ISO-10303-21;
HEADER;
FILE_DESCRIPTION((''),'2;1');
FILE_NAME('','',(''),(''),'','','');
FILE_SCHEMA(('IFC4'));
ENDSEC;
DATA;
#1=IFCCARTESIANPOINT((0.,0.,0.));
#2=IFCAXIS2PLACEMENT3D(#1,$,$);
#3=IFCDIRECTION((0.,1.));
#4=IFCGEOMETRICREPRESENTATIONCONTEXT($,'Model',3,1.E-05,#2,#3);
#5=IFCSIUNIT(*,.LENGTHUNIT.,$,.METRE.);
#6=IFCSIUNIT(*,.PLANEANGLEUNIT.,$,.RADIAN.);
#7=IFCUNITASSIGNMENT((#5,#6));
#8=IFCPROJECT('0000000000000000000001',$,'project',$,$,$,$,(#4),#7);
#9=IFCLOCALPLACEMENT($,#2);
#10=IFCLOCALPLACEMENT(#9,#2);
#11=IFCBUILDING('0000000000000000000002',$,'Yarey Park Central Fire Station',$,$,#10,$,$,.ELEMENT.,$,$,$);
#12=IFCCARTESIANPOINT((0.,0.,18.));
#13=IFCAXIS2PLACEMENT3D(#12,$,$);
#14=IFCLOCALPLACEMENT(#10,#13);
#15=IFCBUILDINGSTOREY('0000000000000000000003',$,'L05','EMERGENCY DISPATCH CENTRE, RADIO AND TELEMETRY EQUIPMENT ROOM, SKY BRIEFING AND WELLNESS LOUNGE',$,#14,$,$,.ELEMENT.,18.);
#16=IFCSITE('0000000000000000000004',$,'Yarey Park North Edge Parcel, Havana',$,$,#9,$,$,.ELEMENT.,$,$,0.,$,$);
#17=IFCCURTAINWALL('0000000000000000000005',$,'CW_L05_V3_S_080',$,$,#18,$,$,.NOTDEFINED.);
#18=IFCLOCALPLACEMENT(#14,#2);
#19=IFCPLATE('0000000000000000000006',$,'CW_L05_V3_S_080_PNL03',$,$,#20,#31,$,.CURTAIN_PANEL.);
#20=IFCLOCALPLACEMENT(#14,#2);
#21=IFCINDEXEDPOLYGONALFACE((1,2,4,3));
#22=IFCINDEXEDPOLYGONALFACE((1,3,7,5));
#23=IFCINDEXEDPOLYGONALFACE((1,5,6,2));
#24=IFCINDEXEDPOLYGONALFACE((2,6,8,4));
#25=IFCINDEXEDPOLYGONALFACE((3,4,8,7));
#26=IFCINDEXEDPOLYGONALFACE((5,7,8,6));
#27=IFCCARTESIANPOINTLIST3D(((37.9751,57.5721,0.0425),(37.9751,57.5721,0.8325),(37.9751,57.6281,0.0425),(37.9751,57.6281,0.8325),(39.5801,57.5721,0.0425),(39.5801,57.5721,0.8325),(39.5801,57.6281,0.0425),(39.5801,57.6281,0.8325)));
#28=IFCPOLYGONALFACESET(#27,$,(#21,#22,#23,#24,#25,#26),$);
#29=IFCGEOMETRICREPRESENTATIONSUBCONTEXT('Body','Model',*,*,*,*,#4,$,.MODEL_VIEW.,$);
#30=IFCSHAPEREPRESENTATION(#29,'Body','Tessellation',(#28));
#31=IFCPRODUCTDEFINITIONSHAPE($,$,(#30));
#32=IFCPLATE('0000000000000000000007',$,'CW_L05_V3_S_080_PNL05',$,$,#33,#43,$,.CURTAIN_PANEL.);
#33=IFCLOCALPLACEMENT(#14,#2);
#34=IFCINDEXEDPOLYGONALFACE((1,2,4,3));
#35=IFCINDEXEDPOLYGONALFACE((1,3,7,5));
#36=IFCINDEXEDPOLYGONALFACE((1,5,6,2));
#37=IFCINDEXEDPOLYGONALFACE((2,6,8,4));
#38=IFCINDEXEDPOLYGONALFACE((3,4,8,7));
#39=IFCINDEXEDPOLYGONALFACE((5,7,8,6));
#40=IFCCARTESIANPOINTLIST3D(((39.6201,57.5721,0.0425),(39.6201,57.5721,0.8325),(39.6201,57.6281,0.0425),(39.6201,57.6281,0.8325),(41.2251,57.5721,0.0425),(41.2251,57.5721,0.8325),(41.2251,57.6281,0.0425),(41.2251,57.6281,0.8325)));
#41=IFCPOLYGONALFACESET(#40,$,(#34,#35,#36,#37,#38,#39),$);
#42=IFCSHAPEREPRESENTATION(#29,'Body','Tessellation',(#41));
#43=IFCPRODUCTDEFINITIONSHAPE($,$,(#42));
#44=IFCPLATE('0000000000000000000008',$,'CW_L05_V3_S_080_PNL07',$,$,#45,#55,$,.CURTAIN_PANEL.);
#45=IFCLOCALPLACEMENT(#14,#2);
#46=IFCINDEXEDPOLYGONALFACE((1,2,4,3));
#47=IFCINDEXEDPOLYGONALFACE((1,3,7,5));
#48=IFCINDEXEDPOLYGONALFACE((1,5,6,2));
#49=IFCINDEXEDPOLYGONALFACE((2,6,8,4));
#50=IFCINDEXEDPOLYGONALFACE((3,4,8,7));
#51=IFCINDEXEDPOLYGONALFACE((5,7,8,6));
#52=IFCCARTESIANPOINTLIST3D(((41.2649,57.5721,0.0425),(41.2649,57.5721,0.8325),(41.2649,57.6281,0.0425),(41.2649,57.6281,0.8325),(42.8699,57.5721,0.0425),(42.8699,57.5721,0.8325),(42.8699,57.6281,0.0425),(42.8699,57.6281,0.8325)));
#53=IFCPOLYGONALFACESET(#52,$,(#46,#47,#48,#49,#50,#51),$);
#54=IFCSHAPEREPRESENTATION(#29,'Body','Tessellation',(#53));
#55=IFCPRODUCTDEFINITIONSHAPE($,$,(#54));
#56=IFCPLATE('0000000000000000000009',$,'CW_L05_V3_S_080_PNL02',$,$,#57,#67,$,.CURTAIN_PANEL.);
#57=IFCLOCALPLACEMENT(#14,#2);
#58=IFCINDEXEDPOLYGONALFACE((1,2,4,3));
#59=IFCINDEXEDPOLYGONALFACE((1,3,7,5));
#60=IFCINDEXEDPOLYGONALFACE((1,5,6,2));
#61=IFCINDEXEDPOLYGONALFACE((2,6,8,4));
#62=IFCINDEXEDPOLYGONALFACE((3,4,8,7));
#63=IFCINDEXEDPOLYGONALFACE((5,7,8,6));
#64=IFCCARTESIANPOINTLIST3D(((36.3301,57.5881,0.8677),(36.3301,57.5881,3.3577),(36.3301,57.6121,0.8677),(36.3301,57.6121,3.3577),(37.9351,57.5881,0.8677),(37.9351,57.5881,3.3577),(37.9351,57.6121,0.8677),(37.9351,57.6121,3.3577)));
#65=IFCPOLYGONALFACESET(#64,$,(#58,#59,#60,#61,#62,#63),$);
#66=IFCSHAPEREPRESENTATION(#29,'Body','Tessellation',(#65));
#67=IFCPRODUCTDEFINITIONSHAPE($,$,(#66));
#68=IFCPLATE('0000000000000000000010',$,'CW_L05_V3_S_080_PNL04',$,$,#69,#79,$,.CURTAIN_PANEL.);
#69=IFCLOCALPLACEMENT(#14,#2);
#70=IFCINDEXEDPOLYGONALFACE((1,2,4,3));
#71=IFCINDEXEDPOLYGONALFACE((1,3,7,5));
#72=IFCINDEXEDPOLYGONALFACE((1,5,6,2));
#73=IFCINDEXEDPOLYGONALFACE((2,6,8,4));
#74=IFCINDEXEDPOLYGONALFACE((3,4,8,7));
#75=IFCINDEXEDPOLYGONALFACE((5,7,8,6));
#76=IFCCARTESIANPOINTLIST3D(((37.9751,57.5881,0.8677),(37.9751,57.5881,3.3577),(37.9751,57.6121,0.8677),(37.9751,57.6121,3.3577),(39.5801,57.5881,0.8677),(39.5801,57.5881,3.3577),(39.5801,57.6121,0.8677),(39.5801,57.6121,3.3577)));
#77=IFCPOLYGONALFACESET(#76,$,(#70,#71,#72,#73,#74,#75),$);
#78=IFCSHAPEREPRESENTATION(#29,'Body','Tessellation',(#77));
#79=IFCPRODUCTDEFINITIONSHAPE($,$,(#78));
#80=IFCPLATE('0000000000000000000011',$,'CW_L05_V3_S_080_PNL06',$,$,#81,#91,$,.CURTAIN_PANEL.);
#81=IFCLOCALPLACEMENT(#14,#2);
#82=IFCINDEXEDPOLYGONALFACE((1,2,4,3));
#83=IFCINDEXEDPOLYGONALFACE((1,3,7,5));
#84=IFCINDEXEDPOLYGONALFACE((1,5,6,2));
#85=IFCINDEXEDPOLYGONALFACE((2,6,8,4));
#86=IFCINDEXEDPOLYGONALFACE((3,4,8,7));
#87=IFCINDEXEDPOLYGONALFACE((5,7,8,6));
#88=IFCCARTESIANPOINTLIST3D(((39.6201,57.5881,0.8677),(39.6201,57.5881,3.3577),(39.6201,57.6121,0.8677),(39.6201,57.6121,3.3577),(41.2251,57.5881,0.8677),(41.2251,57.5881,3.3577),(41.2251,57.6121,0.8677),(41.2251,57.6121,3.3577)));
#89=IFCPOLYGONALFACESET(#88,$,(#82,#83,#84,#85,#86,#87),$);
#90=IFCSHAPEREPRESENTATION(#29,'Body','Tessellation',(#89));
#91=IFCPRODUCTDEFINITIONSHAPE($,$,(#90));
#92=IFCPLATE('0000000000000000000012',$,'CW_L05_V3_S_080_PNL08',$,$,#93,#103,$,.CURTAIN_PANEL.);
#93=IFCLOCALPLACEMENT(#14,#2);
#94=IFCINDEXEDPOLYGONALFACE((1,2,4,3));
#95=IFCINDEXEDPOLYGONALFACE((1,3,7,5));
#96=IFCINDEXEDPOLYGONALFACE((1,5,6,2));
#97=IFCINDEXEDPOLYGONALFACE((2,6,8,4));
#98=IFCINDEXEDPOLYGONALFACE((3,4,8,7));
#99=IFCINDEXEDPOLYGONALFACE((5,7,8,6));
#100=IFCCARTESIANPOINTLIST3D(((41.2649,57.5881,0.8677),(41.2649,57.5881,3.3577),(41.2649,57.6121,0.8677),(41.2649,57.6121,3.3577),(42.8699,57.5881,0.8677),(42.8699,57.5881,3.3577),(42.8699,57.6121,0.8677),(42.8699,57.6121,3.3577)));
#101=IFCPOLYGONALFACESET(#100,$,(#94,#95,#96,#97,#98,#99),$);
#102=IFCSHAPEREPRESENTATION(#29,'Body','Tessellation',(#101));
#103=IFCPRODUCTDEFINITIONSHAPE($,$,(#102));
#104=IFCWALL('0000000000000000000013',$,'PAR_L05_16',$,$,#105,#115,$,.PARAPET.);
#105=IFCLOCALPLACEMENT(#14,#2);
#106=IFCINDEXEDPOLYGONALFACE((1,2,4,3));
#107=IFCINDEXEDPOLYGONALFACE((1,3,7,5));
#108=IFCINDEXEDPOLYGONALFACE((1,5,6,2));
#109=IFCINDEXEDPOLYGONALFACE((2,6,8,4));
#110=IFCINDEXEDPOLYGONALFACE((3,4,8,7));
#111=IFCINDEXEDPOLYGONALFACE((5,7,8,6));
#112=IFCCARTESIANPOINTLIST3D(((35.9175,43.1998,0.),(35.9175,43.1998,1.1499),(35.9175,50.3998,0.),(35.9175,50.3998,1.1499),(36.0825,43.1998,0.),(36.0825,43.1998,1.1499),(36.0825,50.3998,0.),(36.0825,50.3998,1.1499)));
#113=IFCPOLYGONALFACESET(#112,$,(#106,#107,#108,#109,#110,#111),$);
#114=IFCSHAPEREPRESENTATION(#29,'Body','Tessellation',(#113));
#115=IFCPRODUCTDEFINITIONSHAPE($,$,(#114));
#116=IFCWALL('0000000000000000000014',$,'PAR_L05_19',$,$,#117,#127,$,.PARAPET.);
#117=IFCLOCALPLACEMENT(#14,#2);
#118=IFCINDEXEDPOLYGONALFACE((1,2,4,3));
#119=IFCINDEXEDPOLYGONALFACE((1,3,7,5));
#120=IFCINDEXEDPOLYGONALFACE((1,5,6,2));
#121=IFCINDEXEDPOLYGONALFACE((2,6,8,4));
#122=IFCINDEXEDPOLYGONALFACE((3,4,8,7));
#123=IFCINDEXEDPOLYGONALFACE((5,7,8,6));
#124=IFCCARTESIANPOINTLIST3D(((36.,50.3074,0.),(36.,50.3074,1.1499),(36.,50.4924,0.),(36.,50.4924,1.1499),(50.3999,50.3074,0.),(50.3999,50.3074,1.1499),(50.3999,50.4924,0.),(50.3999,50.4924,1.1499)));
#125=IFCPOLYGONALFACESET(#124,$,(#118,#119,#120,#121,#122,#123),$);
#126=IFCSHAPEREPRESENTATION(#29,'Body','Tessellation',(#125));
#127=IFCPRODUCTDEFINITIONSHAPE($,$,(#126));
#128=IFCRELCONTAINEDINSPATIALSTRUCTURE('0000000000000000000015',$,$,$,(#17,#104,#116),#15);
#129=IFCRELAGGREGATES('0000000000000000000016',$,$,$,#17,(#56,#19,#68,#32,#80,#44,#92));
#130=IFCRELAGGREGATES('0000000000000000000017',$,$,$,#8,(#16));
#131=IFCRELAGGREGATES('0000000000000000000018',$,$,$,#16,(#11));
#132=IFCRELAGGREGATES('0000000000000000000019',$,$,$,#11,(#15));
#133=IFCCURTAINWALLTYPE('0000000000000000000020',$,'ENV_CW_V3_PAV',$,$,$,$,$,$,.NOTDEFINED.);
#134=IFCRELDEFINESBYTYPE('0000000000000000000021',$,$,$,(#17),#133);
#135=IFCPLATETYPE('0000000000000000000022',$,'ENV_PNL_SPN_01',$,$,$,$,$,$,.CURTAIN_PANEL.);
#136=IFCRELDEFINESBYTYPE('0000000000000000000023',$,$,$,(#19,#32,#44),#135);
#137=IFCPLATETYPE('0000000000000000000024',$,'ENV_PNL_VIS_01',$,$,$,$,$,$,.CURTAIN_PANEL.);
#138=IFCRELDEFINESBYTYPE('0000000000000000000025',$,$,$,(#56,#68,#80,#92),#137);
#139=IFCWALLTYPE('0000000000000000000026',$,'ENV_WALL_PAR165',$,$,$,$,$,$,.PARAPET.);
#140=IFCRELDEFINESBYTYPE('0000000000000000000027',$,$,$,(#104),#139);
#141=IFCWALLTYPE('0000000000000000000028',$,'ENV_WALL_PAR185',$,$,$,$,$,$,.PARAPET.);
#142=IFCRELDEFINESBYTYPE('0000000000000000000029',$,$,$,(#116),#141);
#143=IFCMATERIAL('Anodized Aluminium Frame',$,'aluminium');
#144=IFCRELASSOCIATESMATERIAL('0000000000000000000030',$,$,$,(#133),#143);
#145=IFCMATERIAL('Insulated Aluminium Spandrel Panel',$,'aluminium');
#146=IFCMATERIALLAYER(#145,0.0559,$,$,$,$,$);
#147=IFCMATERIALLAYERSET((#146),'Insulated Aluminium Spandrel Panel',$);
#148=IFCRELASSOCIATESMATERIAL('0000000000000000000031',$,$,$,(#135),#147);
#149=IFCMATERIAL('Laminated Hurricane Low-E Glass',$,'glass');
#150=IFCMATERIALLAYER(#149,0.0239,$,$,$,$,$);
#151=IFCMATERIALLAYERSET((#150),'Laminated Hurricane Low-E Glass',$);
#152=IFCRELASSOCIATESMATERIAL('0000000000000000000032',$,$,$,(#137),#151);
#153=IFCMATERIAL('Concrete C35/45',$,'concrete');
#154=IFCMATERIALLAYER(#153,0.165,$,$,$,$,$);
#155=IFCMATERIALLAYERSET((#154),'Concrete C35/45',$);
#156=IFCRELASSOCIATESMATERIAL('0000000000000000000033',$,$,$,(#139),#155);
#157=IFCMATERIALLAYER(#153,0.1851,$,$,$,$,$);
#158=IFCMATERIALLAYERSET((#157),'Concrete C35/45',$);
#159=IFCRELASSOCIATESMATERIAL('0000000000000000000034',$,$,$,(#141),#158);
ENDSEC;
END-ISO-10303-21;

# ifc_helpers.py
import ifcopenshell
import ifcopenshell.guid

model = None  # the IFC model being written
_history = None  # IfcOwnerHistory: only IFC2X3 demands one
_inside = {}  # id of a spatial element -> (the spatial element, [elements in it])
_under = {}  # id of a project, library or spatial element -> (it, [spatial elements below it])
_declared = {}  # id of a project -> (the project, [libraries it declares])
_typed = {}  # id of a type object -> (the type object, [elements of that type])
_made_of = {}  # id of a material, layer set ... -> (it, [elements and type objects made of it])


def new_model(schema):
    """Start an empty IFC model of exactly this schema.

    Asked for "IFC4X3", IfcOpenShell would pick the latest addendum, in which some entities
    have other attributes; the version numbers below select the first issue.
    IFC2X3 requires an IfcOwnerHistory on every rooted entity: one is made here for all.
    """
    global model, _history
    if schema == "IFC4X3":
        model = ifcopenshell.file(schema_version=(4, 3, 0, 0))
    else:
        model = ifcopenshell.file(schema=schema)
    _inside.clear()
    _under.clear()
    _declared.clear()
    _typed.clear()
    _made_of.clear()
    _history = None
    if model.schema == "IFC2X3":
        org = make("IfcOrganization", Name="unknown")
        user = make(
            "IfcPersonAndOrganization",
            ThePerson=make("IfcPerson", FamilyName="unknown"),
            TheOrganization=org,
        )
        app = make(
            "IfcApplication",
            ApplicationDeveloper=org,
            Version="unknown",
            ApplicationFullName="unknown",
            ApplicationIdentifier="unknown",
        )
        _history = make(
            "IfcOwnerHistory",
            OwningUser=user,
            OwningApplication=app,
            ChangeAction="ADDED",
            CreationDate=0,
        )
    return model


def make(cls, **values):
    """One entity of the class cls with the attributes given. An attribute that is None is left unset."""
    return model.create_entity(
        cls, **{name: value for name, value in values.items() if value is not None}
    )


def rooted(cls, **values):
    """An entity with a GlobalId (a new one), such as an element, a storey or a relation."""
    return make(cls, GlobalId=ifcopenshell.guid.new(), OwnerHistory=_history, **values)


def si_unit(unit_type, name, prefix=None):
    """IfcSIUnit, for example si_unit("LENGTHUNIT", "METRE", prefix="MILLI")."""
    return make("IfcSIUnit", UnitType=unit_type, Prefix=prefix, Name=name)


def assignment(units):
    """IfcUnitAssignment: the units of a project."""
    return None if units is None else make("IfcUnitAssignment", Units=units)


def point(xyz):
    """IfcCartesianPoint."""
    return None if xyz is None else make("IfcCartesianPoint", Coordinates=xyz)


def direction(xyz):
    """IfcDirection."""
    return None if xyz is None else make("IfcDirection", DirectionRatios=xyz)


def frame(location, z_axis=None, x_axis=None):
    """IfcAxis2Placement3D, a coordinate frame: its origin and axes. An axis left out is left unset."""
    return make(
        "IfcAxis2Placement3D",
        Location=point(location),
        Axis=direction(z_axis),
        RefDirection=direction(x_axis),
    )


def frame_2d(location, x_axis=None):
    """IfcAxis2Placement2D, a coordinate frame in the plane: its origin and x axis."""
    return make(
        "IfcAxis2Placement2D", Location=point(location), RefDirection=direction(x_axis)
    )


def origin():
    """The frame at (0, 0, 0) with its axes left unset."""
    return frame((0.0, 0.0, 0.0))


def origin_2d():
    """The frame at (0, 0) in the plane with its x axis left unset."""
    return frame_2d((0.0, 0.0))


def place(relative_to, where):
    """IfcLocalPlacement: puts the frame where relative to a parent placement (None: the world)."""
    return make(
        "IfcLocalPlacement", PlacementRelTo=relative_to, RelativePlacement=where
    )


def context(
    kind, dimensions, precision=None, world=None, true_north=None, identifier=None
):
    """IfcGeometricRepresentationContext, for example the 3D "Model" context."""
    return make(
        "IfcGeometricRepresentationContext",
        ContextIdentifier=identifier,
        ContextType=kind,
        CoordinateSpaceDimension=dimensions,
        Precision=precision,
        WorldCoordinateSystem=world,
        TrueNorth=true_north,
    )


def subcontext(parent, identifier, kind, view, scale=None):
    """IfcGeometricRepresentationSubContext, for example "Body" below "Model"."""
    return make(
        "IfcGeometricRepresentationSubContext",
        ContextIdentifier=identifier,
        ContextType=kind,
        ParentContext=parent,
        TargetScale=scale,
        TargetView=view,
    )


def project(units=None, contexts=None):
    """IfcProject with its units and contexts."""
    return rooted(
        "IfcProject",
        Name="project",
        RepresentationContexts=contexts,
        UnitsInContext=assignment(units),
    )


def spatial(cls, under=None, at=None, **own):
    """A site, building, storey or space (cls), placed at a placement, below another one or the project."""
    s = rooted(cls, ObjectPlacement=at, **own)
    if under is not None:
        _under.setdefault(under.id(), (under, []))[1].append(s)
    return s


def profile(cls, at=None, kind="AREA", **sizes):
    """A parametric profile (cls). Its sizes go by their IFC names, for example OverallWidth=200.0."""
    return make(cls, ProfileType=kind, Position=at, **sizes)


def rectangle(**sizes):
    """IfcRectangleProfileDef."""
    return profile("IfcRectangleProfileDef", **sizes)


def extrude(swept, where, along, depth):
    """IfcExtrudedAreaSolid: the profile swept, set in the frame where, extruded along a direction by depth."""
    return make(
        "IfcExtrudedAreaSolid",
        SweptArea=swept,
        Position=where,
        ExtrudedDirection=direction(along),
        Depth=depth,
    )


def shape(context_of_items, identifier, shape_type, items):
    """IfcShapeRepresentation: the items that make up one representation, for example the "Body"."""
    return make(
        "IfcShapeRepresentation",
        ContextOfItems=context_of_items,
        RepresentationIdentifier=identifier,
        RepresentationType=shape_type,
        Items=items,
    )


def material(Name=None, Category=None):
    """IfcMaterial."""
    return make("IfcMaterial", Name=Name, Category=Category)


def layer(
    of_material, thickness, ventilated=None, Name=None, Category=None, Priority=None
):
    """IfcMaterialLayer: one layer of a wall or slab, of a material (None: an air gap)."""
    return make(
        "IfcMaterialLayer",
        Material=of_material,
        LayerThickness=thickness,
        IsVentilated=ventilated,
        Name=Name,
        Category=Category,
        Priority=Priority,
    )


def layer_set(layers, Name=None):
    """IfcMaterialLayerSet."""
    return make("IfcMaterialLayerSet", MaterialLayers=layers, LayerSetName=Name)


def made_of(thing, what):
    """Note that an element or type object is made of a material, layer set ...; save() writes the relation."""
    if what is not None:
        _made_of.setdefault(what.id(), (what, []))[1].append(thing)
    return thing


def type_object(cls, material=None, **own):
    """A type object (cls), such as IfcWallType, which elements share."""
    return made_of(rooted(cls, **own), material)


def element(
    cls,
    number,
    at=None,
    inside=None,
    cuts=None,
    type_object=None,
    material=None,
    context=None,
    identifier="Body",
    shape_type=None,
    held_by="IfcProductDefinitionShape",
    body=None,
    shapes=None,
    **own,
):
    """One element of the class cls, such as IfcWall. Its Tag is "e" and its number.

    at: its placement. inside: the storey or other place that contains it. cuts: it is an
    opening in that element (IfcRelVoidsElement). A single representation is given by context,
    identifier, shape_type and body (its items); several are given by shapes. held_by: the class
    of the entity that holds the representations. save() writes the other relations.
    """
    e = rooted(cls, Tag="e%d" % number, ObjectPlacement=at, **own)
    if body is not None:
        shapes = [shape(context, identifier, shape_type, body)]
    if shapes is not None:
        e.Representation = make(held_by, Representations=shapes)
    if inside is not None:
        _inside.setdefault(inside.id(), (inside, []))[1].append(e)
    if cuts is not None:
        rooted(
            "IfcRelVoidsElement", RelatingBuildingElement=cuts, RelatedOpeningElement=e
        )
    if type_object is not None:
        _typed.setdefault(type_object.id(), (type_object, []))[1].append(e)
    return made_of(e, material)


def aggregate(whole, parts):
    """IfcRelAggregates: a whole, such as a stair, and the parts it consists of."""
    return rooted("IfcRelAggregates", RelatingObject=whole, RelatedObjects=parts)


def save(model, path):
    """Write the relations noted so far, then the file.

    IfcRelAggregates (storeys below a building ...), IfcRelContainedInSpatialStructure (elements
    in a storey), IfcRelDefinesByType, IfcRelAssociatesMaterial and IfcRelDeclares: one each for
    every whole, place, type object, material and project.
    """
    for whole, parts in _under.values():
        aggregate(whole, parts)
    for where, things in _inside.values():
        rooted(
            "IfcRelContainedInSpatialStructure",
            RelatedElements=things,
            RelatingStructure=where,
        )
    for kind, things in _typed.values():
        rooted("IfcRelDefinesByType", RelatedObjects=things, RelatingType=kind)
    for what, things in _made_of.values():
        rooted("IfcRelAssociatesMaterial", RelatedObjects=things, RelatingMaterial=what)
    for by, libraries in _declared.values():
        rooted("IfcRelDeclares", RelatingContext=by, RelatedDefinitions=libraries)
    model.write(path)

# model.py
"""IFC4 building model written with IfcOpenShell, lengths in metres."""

from ifc_helpers import new_model, si_unit, direction, frame, frame_2d, origin, origin_2d, place, context, subcontext, project, spatial, rectangle, extrude, material, layer, layer_set, type_object, element, aggregate, save


model = new_model("IFC4")

# Units and contexts
model_context = context("Model", 3, precision=1e-05, world=origin(), true_north=direction((0.0, 1.0)))
body_context = subcontext(model_context, "Body", "Model", "MODEL_VIEW")
ifc_project = project(units=[si_unit("LENGTHUNIT", "METRE"), si_unit("PLANEANGLEUNIT", "RADIAN")], contexts=[model_context])

# Site, building, storey
site_placement = place(None, origin())
site = spatial("IfcSite", under=ifc_project, at=site_placement, Name="Yarey Park North Edge Parcel, Havana", CompositionType="ELEMENT", RefElevation=0.0)
building_placement = place(site_placement, origin())
building = spatial("IfcBuilding", under=site, at=building_placement, Name="Yarey Park Central Fire Station", CompositionType="ELEMENT")
storey_placement = place(building_placement, frame((0.0, 0.0, 18.0)))
storey = spatial("IfcBuildingStorey", under=building, at=storey_placement, Name="L05", Description="EMERGENCY DISPATCH CENTRE, RADIO AND TELEMETRY EQUIPMENT ROOM, SKY BRIEFING AND WELLNESS LOUNGE", CompositionType="ELEMENT", Elevation=18.0)

# Curtain wall
ifc_material_1 = material(Name="Anodized Aluminium Frame", Category="aluminium")
curtain_wall_type = type_object("IfcCurtainWallType", Name="ENV_CW_V3_PAV", PredefinedType="NOTDEFINED", material=ifc_material_1)
curtain_wall_1_placement = place(storey_placement, origin())
curtain_wall_1 = element("IfcCurtainWall", 1, at=curtain_wall_1_placement, inside=storey, type_object=curtain_wall_type, Name="CW_L05_V3_S_080", PredefinedType="NOTDEFINED")

# Plates
ifc_material_2 = material(Name="Insulated Aluminium Spandrel Panel", Category="aluminium")
ifc_layer_1 = layer(ifc_material_2, 0.0559)
ifc_layer_set_1 = layer_set([ifc_layer_1], Name="Insulated Aluminium Spandrel Panel")
plate_type_1 = type_object("IfcPlateType", Name="ENV_PNL_SPN_01", PredefinedType="CURTAIN_PANEL", material=ifc_layer_set_1)
plate_1_placement = place(storey_placement, frame((38.7776, 57.6001, 0.0425), z_axis=(0.0, 0.0, 1.0), x_axis=(1.0, 0.0, 0.0)))
plate_1 = element("IfcPlate", 2, at=plate_1_placement, type_object=plate_type_1, Name="CW_L05_V3_S_080_PNL03", PredefinedType="CURTAIN_PANEL", context=body_context, shape_type="SweptSolid", body=[
    extrude(rectangle(XDim=1.605, YDim=0.0559, at=origin_2d()), origin(), (0.0, 0.0, 1.0), 0.79),
])
plate_2_placement = place(storey_placement, frame((40.4226, 57.6001, 0.0425), z_axis=(0.0, 0.0, 1.0), x_axis=(1.0, 0.0, 0.0)))
plate_2 = element("IfcPlate", 3, at=plate_2_placement, type_object=plate_type_1, Name="CW_L05_V3_S_080_PNL05", PredefinedType="CURTAIN_PANEL", context=body_context, shape_type="SweptSolid", body=[
    extrude(rectangle(XDim=1.605, YDim=0.0559, at=origin_2d()), origin(), (0.0, 0.0, 1.0), 0.79),
])
plate_3_placement = place(storey_placement, frame((42.0674, 57.6001, 0.0425), z_axis=(0.0, 0.0, 1.0), x_axis=(1.0, 0.0, 0.0)))
plate_3 = element("IfcPlate", 4, at=plate_3_placement, type_object=plate_type_1, Name="CW_L05_V3_S_080_PNL07", PredefinedType="CURTAIN_PANEL", context=body_context, shape_type="SweptSolid", body=[
    extrude(rectangle(XDim=1.605, YDim=0.0559, at=origin_2d()), origin(), (0.0, 0.0, 1.0), 0.79),
])
ifc_material_3 = material(Name="Laminated Hurricane Low-E Glass", Category="glass")
ifc_layer_2 = layer(ifc_material_3, 0.0239)
ifc_layer_set_2 = layer_set([ifc_layer_2], Name="Laminated Hurricane Low-E Glass")
plate_type_2 = type_object("IfcPlateType", Name="ENV_PNL_VIS_01", PredefinedType="CURTAIN_PANEL", material=ifc_layer_set_2)
plate_4_placement = place(storey_placement, frame((37.1326, 57.6001, 0.8677), z_axis=(0.0, 0.0, 1.0), x_axis=(1.0, 0.0, 0.0)))
plate_4 = element("IfcPlate", 5, at=plate_4_placement, type_object=plate_type_2, Name="CW_L05_V3_S_080_PNL02", PredefinedType="CURTAIN_PANEL", context=body_context, shape_type="SweptSolid", body=[
    extrude(rectangle(XDim=1.605, YDim=0.0239, at=origin_2d()), origin(), (0.0, 0.0, 1.0), 2.49),
])
plate_5_placement = place(storey_placement, frame((38.7776, 57.6001, 0.8677), z_axis=(0.0, 0.0, 1.0), x_axis=(1.0, 0.0, 0.0)))
plate_5 = element("IfcPlate", 6, at=plate_5_placement, type_object=plate_type_2, Name="CW_L05_V3_S_080_PNL04", PredefinedType="CURTAIN_PANEL", context=body_context, shape_type="SweptSolid", body=[
    extrude(rectangle(XDim=1.605, YDim=0.0239, at=origin_2d()), origin(), (0.0, 0.0, 1.0), 2.49),
])
plate_6_placement = place(storey_placement, frame((40.4226, 57.6001, 0.8677), z_axis=(0.0, 0.0, 1.0), x_axis=(1.0, 0.0, 0.0)))
plate_6 = element("IfcPlate", 7, at=plate_6_placement, type_object=plate_type_2, Name="CW_L05_V3_S_080_PNL06", PredefinedType="CURTAIN_PANEL", context=body_context, shape_type="SweptSolid", body=[
    extrude(rectangle(XDim=1.605, YDim=0.0239, at=origin_2d()), origin(), (0.0, 0.0, 1.0), 2.49),
])
plate_7_placement = place(storey_placement, frame((42.0674, 57.6001, 0.8677), z_axis=(0.0, 0.0, 1.0), x_axis=(1.0, 0.0, 0.0)))
plate_7 = element("IfcPlate", 8, at=plate_7_placement, type_object=plate_type_2, Name="CW_L05_V3_S_080_PNL08", PredefinedType="CURTAIN_PANEL", context=body_context, shape_type="SweptSolid", body=[
    extrude(rectangle(XDim=1.605, YDim=0.0239, at=origin_2d()), origin(), (0.0, 0.0, 1.0), 2.49),
])
aggregate(curtain_wall_1, [plate_4, plate_1, plate_5, plate_2, plate_6, plate_3, plate_7])

# Walls
ifc_material_4 = material(Name="Concrete C35/45", Category="concrete")
ifc_layer_3 = layer(ifc_material_4, 0.165)
ifc_layer_set_3 = layer_set([ifc_layer_3], Name="Concrete C35/45")
wall_type_1 = type_object("IfcWallType", Name="ENV_WALL_PAR165", PredefinedType="PARAPET", material=ifc_layer_set_3)
wall_1_placement = place(storey_placement, frame((36.0, 50.3999, 0.0), z_axis=(0.0, 0.0, 1.0), x_axis=(0.0, -1.0, 0.0)))
element("IfcWall", 9, at=wall_1_placement, inside=storey, type_object=wall_type_1, Name="PAR_L05_16", PredefinedType="PARAPET", context=body_context, shape_type="SweptSolid", body=[
    extrude(rectangle(XDim=7.2, YDim=0.165, at=frame_2d((3.6001, 0.0))), origin(), (0.0, 0.0, 1.0), 1.1499),
])
ifc_layer_4 = layer(ifc_material_4, 0.1851)
ifc_layer_set_4 = layer_set([ifc_layer_4], Name="Concrete C35/45")
wall_type_2 = type_object("IfcWallType", Name="ENV_WALL_PAR185", PredefinedType="PARAPET", material=ifc_layer_set_4)
wall_2_placement = place(storey_placement, frame((36.0, 50.3999, 0.0), z_axis=(0.0, 0.0, 1.0), x_axis=(1.0, 0.0, 0.0)))
element("IfcWall", 10, at=wall_2_placement, inside=storey, type_object=wall_type_2, Name="PAR_L05_19", PredefinedType="PARAPET", context=body_context, shape_type="SweptSolid", body=[
    extrude(rectangle(XDim=14.3999, YDim=0.1851, at=frame_2d((7.2, 0.0))), origin(), (0.0, 0.0, 1.0), 1.1499),
])

save(model, "model.ifc")
